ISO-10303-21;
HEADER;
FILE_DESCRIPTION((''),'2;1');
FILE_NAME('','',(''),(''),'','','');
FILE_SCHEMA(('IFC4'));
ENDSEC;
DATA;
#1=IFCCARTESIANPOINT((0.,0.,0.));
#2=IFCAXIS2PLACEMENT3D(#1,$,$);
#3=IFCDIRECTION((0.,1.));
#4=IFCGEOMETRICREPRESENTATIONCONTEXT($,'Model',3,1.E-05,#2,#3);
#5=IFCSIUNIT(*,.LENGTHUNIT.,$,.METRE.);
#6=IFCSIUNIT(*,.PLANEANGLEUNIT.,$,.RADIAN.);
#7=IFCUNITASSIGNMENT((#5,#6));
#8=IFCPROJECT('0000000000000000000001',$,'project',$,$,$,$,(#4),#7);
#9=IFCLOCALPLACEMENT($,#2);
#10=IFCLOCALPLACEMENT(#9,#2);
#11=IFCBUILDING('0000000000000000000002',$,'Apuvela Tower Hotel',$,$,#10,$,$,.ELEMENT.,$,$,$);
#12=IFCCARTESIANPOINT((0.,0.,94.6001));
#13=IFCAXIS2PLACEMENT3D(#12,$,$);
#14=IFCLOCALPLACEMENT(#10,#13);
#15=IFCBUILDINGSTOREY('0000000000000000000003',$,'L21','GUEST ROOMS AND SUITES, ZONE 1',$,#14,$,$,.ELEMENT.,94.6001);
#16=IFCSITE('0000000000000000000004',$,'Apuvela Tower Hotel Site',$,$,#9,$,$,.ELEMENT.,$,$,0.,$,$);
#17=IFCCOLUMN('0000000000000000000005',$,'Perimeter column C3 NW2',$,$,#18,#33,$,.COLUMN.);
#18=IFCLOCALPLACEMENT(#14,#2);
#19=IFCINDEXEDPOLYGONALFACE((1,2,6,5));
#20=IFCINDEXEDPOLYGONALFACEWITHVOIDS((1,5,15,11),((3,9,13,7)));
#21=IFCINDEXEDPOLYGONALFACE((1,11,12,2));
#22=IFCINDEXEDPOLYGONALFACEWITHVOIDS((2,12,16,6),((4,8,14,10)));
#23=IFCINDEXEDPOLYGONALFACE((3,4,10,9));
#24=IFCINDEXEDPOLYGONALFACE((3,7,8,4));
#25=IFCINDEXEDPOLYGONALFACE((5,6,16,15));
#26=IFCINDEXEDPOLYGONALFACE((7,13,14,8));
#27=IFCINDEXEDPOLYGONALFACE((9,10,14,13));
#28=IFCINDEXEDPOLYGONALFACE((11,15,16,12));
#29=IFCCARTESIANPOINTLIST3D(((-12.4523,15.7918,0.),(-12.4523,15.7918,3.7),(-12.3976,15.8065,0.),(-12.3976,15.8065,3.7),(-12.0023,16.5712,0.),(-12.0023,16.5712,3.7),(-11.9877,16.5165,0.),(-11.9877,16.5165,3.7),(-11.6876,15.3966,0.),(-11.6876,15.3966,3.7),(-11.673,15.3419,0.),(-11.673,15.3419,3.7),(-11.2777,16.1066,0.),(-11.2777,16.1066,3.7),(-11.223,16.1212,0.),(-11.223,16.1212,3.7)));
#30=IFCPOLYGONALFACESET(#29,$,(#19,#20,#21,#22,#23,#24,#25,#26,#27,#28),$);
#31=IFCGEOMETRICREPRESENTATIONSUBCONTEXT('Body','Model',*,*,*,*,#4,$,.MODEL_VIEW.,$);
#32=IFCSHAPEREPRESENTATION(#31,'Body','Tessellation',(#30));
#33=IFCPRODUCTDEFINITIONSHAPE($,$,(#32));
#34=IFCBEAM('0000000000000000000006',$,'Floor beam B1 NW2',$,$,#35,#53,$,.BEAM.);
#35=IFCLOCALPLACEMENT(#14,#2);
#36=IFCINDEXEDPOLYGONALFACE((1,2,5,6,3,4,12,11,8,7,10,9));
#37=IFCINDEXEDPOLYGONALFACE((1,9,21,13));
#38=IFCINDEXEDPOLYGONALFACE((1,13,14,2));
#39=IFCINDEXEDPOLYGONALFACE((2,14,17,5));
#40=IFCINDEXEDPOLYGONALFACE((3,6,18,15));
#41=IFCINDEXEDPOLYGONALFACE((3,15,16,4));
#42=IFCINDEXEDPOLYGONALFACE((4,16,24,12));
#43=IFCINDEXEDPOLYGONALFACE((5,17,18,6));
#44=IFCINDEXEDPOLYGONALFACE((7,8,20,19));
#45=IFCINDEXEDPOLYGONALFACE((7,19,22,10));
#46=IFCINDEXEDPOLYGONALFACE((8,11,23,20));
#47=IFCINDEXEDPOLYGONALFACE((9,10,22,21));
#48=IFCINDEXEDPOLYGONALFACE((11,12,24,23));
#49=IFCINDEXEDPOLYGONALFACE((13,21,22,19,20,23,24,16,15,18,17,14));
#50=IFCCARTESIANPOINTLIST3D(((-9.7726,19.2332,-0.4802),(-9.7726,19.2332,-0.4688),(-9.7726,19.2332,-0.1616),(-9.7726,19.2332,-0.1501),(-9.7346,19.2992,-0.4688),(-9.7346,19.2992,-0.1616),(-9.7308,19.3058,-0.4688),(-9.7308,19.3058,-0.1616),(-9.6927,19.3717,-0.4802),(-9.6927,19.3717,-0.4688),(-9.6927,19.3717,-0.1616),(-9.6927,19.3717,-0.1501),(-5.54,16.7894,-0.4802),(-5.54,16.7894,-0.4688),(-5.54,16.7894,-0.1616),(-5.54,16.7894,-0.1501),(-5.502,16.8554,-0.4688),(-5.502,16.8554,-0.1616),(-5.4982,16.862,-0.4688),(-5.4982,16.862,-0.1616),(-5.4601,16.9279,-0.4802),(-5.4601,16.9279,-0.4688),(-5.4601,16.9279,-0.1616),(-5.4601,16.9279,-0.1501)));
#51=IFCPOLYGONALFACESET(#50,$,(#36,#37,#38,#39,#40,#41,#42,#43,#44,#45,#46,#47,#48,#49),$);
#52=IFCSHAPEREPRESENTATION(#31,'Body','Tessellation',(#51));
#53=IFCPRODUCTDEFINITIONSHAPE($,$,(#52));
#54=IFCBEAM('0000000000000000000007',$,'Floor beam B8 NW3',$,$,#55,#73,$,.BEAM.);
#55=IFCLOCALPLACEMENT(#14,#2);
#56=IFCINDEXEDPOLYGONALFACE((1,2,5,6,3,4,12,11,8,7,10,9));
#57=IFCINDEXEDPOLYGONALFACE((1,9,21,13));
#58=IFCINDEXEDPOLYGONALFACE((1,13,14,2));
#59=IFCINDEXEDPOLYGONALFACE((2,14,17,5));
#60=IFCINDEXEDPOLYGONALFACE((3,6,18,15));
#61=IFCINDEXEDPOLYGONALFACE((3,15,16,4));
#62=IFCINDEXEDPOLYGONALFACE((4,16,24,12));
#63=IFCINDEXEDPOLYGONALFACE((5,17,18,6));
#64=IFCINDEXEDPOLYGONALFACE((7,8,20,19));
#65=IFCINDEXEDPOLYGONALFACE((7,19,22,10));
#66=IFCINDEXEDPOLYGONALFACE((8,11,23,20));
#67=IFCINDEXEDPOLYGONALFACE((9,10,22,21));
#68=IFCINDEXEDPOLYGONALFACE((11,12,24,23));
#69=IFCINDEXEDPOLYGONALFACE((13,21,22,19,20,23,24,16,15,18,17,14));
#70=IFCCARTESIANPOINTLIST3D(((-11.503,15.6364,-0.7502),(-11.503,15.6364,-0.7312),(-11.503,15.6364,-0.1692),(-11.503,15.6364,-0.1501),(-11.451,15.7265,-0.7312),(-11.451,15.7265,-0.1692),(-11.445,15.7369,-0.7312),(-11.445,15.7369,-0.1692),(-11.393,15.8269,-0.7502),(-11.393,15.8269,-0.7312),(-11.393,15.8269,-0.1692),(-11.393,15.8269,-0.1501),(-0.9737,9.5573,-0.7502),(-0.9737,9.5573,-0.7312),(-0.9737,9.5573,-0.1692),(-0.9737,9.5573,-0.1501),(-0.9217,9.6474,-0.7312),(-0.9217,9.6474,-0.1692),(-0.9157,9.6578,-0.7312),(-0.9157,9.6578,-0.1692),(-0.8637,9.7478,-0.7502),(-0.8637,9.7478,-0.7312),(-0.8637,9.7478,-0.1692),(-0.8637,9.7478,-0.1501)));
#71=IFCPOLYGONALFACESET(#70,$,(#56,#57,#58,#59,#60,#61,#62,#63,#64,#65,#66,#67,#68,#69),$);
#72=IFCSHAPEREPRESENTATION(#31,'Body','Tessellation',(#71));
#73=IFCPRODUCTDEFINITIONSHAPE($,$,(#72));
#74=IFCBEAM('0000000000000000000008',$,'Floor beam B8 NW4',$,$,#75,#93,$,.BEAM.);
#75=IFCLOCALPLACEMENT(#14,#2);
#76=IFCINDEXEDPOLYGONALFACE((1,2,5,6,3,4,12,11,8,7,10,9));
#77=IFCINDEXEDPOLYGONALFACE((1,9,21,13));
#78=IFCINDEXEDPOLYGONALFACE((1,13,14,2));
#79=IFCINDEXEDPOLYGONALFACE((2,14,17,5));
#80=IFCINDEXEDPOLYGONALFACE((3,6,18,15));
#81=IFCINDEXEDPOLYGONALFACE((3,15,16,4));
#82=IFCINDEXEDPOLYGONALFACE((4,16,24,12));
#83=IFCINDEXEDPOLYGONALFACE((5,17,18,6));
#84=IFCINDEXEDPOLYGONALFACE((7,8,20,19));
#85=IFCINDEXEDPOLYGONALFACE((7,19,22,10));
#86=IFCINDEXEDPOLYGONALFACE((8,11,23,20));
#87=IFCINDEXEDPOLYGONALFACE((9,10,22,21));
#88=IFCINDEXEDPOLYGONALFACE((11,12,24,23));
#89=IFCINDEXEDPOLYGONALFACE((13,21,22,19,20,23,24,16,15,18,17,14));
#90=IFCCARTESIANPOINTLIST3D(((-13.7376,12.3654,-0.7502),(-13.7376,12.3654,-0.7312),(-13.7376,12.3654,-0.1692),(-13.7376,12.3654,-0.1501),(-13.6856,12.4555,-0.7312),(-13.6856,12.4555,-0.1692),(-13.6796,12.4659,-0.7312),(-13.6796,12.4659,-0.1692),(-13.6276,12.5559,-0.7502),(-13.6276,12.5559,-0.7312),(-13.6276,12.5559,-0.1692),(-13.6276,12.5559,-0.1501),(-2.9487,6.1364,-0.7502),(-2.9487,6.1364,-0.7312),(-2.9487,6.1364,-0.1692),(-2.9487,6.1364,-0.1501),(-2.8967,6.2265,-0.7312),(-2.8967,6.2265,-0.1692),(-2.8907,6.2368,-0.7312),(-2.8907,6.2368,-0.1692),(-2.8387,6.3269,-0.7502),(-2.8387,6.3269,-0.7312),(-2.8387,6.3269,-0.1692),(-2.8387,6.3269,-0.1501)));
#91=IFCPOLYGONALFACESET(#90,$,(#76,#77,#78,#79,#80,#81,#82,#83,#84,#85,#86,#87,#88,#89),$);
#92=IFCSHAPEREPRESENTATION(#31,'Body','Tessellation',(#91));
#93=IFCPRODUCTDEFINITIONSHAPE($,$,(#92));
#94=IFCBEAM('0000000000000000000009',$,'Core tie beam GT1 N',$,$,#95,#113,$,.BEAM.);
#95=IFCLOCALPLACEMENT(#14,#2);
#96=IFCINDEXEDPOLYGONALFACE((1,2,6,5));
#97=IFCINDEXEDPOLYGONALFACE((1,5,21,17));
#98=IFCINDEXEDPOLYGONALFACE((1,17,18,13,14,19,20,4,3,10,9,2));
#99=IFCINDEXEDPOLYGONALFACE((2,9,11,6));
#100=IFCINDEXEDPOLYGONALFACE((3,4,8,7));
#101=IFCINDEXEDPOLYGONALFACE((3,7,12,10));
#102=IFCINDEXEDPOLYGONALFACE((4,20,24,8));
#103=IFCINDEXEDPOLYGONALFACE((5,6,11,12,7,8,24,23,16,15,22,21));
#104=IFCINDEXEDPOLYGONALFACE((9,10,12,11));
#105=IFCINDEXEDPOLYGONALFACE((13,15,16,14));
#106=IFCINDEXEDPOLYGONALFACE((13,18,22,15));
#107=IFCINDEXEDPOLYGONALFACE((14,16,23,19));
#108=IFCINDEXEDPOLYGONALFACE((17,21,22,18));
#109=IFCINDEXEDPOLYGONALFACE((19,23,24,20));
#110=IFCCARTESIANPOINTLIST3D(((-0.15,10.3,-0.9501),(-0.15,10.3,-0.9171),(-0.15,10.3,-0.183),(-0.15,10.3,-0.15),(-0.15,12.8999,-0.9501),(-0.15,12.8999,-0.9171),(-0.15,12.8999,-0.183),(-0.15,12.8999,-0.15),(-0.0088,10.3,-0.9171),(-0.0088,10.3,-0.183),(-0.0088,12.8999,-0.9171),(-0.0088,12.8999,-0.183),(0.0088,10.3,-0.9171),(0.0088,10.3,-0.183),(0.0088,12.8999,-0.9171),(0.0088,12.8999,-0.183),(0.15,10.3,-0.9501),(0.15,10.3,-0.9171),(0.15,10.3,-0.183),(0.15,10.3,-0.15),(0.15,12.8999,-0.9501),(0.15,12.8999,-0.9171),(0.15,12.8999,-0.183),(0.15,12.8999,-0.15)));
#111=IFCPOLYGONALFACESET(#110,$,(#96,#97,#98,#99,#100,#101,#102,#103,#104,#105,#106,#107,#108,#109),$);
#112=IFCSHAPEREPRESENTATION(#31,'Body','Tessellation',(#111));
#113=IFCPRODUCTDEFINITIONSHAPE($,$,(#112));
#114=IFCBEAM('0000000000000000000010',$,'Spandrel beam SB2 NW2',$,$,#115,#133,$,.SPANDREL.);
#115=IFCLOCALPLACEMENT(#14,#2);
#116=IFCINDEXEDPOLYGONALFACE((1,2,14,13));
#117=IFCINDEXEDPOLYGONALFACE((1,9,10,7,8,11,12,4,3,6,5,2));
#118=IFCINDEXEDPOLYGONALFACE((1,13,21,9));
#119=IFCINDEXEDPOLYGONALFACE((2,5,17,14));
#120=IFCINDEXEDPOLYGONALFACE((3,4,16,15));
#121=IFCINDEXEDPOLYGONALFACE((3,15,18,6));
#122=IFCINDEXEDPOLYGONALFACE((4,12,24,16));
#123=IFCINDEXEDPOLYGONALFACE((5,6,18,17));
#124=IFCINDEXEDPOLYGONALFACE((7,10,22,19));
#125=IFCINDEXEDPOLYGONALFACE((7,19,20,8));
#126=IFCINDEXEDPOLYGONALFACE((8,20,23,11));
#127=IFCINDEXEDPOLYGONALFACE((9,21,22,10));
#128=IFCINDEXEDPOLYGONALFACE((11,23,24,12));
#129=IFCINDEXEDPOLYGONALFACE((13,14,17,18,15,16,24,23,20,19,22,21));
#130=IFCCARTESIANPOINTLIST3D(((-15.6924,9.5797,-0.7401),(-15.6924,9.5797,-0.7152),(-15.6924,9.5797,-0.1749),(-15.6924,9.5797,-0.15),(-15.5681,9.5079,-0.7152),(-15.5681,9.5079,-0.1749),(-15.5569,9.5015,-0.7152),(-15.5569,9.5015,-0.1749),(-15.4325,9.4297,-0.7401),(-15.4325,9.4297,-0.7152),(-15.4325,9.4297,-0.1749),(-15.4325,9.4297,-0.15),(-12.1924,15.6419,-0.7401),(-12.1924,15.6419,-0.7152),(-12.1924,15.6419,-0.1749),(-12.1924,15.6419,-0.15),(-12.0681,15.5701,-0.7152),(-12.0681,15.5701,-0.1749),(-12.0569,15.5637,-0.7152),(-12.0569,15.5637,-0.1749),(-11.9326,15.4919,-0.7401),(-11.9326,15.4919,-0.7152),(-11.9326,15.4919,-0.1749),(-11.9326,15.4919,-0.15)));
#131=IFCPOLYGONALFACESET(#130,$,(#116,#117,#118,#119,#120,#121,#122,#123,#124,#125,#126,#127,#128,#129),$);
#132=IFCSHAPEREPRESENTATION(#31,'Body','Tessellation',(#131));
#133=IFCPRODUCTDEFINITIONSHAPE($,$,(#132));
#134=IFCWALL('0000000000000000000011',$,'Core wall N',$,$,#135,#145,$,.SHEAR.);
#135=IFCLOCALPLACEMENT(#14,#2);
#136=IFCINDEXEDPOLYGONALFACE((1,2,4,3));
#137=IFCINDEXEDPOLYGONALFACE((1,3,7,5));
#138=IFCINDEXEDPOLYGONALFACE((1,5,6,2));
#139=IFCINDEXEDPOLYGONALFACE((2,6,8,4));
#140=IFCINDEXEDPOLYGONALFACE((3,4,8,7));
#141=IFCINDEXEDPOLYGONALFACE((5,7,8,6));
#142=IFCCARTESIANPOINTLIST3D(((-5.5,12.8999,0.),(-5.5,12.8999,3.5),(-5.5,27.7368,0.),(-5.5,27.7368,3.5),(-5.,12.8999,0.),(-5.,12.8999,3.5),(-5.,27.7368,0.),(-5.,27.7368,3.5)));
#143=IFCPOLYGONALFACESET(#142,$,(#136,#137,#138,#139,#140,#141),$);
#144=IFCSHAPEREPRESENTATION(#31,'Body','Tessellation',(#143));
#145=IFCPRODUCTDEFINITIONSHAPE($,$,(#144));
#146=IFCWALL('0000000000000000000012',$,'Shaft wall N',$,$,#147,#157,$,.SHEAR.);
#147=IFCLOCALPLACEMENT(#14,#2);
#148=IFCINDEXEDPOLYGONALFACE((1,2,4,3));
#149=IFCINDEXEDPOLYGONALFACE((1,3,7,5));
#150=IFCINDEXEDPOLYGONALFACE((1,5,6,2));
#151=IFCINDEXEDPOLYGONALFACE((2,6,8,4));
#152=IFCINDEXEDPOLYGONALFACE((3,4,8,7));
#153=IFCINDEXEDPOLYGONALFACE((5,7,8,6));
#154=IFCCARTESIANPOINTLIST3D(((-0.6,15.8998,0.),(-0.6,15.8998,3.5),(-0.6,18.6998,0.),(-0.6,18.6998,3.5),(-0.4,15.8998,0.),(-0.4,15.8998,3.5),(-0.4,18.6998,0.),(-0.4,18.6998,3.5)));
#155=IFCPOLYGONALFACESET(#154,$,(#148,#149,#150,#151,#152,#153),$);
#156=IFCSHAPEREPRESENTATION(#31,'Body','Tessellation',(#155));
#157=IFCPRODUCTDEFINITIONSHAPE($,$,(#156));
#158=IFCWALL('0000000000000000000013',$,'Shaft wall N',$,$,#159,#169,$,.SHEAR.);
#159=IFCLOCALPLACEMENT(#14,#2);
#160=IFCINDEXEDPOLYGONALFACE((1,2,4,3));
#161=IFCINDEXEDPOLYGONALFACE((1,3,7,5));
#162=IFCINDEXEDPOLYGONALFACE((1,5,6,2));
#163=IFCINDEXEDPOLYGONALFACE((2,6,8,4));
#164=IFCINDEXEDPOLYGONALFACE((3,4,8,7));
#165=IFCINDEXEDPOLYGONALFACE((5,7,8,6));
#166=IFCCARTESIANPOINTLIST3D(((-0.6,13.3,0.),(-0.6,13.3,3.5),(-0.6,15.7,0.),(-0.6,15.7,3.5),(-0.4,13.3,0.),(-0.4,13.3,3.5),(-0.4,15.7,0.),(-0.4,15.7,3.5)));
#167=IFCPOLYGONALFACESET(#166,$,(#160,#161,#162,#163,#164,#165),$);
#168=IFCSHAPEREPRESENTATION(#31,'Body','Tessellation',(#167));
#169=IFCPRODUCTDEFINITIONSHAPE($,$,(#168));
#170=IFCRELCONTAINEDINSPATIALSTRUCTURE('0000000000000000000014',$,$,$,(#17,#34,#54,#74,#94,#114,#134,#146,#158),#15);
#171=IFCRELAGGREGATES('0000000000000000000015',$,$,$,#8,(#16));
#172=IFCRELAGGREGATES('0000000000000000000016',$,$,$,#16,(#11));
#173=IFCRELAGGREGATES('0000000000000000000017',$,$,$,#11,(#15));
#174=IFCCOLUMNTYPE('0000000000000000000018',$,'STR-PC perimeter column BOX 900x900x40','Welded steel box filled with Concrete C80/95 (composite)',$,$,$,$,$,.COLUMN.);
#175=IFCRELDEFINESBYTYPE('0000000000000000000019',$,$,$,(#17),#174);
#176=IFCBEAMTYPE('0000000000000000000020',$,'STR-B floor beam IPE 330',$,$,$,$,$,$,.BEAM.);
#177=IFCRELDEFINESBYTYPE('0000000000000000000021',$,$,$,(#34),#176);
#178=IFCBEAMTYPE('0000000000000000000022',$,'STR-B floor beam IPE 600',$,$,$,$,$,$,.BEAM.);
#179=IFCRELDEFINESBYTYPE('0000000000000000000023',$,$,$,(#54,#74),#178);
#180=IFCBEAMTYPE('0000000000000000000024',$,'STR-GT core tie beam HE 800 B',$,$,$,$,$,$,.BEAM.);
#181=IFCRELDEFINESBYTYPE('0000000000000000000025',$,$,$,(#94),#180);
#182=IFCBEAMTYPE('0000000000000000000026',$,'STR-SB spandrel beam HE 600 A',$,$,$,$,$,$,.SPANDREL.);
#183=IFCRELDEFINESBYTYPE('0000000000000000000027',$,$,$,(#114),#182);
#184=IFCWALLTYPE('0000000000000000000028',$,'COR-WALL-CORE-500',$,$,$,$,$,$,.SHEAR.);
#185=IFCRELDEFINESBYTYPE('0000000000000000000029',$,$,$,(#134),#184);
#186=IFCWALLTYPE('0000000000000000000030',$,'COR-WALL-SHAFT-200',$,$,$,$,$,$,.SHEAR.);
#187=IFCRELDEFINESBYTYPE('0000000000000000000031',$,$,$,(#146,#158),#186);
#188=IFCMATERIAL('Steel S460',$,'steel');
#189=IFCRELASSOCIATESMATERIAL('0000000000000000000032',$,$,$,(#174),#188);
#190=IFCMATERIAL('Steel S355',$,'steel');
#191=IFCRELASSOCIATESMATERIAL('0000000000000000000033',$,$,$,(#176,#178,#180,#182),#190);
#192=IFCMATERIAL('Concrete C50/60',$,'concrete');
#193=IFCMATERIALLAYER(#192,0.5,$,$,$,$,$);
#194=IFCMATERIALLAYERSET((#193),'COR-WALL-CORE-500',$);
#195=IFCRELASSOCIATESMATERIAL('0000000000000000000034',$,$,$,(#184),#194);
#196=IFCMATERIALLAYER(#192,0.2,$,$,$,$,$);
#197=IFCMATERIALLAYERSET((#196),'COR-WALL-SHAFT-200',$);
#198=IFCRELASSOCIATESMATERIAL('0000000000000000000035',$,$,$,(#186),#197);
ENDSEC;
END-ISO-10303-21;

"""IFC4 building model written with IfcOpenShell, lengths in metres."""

from ifc_helpers import new_model, si_unit, direction, frame, frame_2d, origin, origin_2d, place, context, subcontext, project, spatial, rectangle, hollow_rectangle, i_section, extrude, material, layer, layer_set, material_profile, profile_set, type_object, element, save


model = new_model("IFC4")

# Units and contexts
model_context = context("Model", 3, precision=1e-05, world=origin(), true_north=direction((0.0, 1.0)))
body_context = subcontext(model_context, "Body", "Model", "MODEL_VIEW")
ifc_project = project(units=[si_unit("LENGTHUNIT", "METRE"), si_unit("PLANEANGLEUNIT", "RADIAN")], contexts=[model_context])

# Site, building, storey
site_placement = place(None, origin())
site = spatial("IfcSite", under=ifc_project, at=site_placement, Name="Apuvela Tower Hotel Site", CompositionType="ELEMENT", RefElevation=0.0)
building_placement = place(site_placement, origin())
building = spatial("IfcBuilding", under=site, at=building_placement, Name="Apuvela Tower Hotel", CompositionType="ELEMENT")
storey_placement = place(building_placement, frame((0.0, 0.0, 94.6001)))
storey = spatial("IfcBuildingStorey", under=building, at=storey_placement, Name="L21", Description="GUEST ROOMS AND SUITES, ZONE 1", CompositionType="ELEMENT", Elevation=94.6001)

# Column
ifc_material_1 = material(Name="Steel S460", Category="steel")
ifc_material_profile_1 = material_profile(ifc_material_1, hollow_rectangle(XDim=0.8999, YDim=0.8999, WallThickness=0.04, at=origin_2d()), Name="BOX 900x900x40")
ifc_material_2 = material(Name="Concrete C80/95", Category="concrete")
ifc_material_profile_2 = material_profile(ifc_material_2, rectangle(XDim=0.8201, YDim=0.8201, at=origin_2d()), Name="Concrete C80/95 infill")
ifc_profile_set_1 = profile_set([ifc_material_profile_1, ifc_material_profile_2], Name="Steel S460")
column_type = type_object("IfcColumnType", Name="STR-PC perimeter column BOX 900x900x40", Description="Welded steel box filled with Concrete C80/95 (composite)", PredefinedType="COLUMN", material=ifc_profile_set_1)
column_placement = place(storey_placement, frame((-11.8376, 15.9565, 0.0), z_axis=(0.0, 0.0, 1.0), x_axis=(0.5, 0.866025, 0.0)))
element("IfcColumn", 1, at=column_placement, inside=storey, type_object=column_type, Name="Perimeter column C3 NW2", PredefinedType="COLUMN", context=body_context, shape_type="SweptSolid", body=[
    extrude(hollow_rectangle(XDim=0.8999, YDim=0.8999, WallThickness=0.04, at=origin_2d()), origin(), (0.0, 0.0, 1.0), 3.7),
])

# Beams
ifc_material_3 = material(Name="Steel S355", Category="steel")
ifc_material_profile_3 = material_profile(ifc_material_3, i_section(OverallWidth=0.1599, OverallDepth=0.3301, WebThickness=0.0076, FlangeThickness=0.0115, at=origin_2d()), Name="IPE 330")
ifc_profile_set_2 = profile_set([ifc_material_profile_3], Name="Steel S355")
beam_type_1 = type_object("IfcBeamType", Name="STR-B floor beam IPE 330", PredefinedType="BEAM", material=ifc_profile_set_2)
beam_1_placement = place(storey_placement, frame((-9.7327, 19.3025, -0.3152), z_axis=(0.866015, -0.500018, 0.0), x_axis=(0.500018, 0.866015, 0.0)))
element("IfcBeam", 2, at=beam_1_placement, inside=storey, type_object=beam_type_1, Name="Floor beam B1 NW2", PredefinedType="BEAM", context=body_context, shape_type="SweptSolid", body=[
    extrude(i_section(OverallWidth=0.1599, OverallDepth=0.3301, WebThickness=0.0076, FlangeThickness=0.0115, at=origin_2d()), origin(), (0.0, 0.0, 1.0), 4.8875),
])
ifc_material_profile_4 = material_profile(ifc_material_3, i_section(OverallWidth=0.22, OverallDepth=0.6001, WebThickness=0.012, FlangeThickness=0.019, at=origin_2d()), Name="IPE 600")
ifc_profile_set_3 = profile_set([ifc_material_profile_4], Name="Steel S355")
beam_type_2 = type_object("IfcBeamType", Name="STR-B floor beam IPE 600", PredefinedType="BEAM", material=ifc_profile_set_3)
beam_2_placement = place(storey_placement, frame((-11.448, 15.7317, -0.4502), z_axis=(0.866025, -0.500001, 0.0), x_axis=(0.500001, 0.866025, 0.0)))
element("IfcBeam", 3, at=beam_2_placement, inside=storey, type_object=beam_type_2, Name="Floor beam B8 NW3", PredefinedType="BEAM", context=body_context, shape_type="SweptSolid", body=[
    extrude(i_section(OverallWidth=0.22, OverallDepth=0.6001, WebThickness=0.012, FlangeThickness=0.019, at=origin_2d()), origin(), (0.0, 0.0, 1.0), 12.1582),
])
beam_3_placement = place(storey_placement, frame((-13.6826, 12.4607, -0.4502), z_axis=(0.866023, -0.500005, 0.0), x_axis=(0.500005, 0.866023, 0.0)))
element("IfcBeam", 4, at=beam_3_placement, inside=storey, type_object=beam_type_2, Name="Floor beam B8 NW4", PredefinedType="BEAM", context=body_context, shape_type="SweptSolid", body=[
    extrude(i_section(OverallWidth=0.22, OverallDepth=0.6001, WebThickness=0.012, FlangeThickness=0.019, at=origin_2d()), origin(), (0.0, 0.0, 1.0), 12.458),
])
ifc_material_profile_5 = material_profile(ifc_material_3, i_section(OverallWidth=0.3, OverallDepth=0.8, WebThickness=0.0176, FlangeThickness=0.033, at=origin_2d()), Name="HE 800 B")
ifc_profile_set_4 = profile_set([ifc_material_profile_5], Name="Steel S355")
beam_type_3 = type_object("IfcBeamType", Name="STR-GT core tie beam HE 800 B", PredefinedType="BEAM", material=ifc_profile_set_4)
beam_4_placement = place(storey_placement, frame((0.0, 12.8999, -0.55), z_axis=(0.0, -1.0, 0.0), x_axis=(1.0, 0.0, 0.0)))
element("IfcBeam", 5, at=beam_4_placement, inside=storey, type_object=beam_type_3, Name="Core tie beam GT1 N", PredefinedType="BEAM", context=body_context, shape_type="SweptSolid", body=[
    extrude(i_section(OverallWidth=0.3, OverallDepth=0.8, WebThickness=0.0176, FlangeThickness=0.033, at=origin_2d()), origin(), (0.0, 0.0, 1.0), 2.5999),
])
ifc_material_profile_6 = material_profile(ifc_material_3, i_section(OverallWidth=0.3, OverallDepth=0.5901, WebThickness=0.0129, FlangeThickness=0.0249, at=origin_2d()), Name="HE 600 A")
ifc_profile_set_5 = profile_set([ifc_material_profile_6], Name="Steel S355")
beam_type_4 = type_object("IfcBeamType", Name="STR-SB spandrel beam HE 600 A", PredefinedType="SPANDREL", material=ifc_profile_set_5)
beam_5_placement = place(storey_placement, frame((-12.0625, 15.5669, -0.4451), z_axis=(-0.499995, -0.866028, 0.0), x_axis=(0.866028, -0.499995, 0.0)))
element("IfcBeam", 6, at=beam_5_placement, inside=storey, type_object=beam_type_4, Name="Spandrel beam SB2 NW2", PredefinedType="SPANDREL", context=body_context, shape_type="SweptSolid", body=[
    extrude(i_section(OverallWidth=0.3, OverallDepth=0.5901, WebThickness=0.0129, FlangeThickness=0.0249, at=origin_2d()), origin(), (0.0, 0.0, 1.0), 7.0),
])

# Walls
ifc_material_4 = material(Name="Concrete C50/60", Category="concrete")
ifc_layer_1 = layer(ifc_material_4, 0.5)
ifc_layer_set_1 = layer_set([ifc_layer_1], Name="COR-WALL-CORE-500")
wall_type_1 = type_object("IfcWallType", Name="COR-WALL-CORE-500", PredefinedType="SHEAR", material=ifc_layer_set_1)
wall_1_placement = place(storey_placement, frame((-5.25, 12.8999, 0.0), z_axis=(0.0, 0.0, 1.0), x_axis=(0.0, 1.0, 0.0)))
element("IfcWall", 7, at=wall_1_placement, inside=storey, type_object=wall_type_1, Name="Core wall N", PredefinedType="SHEAR", context=body_context, shape_type="SweptSolid", body=[
    extrude(rectangle(XDim=14.8369, YDim=0.5, at=frame_2d((7.4185, 0.0))), origin(), (0.0, 0.0, 1.0), 3.5),
])
ifc_layer_2 = layer(ifc_material_4, 0.2)
ifc_layer_set_2 = layer_set([ifc_layer_2], Name="COR-WALL-SHAFT-200")
wall_type_2 = type_object("IfcWallType", Name="COR-WALL-SHAFT-200", PredefinedType="SHEAR", material=ifc_layer_set_2)
wall_2_placement = place(storey_placement, frame((-0.5, 15.8999, 0.0), z_axis=(0.0, 0.0, 1.0), x_axis=(0.0, 1.0, 0.0)))
element("IfcWall", 8, at=wall_2_placement, inside=storey, type_object=wall_type_2, Name="Shaft wall N", PredefinedType="SHEAR", context=body_context, shape_type="SweptSolid", body=[
    extrude(rectangle(XDim=2.8, YDim=0.2, at=frame_2d((1.3999, 0.0))), origin(), (0.0, 0.0, 1.0), 3.5),
])
wall_3_placement = place(storey_placement, frame((-0.5, 13.3, 0.0), z_axis=(0.0, 0.0, 1.0), x_axis=(0.0, 1.0, 0.0)))
element("IfcWall", 9, at=wall_3_placement, inside=storey, type_object=wall_type_2, Name="Shaft wall N", PredefinedType="SHEAR", context=body_context, shape_type="SweptSolid", body=[
    extrude(rectangle(XDim=2.3999, YDim=0.2, at=frame_2d((1.2, 0.0))), origin(), (0.0, 0.0, 1.0), 3.5),
])

save(model, "model.ifc")
